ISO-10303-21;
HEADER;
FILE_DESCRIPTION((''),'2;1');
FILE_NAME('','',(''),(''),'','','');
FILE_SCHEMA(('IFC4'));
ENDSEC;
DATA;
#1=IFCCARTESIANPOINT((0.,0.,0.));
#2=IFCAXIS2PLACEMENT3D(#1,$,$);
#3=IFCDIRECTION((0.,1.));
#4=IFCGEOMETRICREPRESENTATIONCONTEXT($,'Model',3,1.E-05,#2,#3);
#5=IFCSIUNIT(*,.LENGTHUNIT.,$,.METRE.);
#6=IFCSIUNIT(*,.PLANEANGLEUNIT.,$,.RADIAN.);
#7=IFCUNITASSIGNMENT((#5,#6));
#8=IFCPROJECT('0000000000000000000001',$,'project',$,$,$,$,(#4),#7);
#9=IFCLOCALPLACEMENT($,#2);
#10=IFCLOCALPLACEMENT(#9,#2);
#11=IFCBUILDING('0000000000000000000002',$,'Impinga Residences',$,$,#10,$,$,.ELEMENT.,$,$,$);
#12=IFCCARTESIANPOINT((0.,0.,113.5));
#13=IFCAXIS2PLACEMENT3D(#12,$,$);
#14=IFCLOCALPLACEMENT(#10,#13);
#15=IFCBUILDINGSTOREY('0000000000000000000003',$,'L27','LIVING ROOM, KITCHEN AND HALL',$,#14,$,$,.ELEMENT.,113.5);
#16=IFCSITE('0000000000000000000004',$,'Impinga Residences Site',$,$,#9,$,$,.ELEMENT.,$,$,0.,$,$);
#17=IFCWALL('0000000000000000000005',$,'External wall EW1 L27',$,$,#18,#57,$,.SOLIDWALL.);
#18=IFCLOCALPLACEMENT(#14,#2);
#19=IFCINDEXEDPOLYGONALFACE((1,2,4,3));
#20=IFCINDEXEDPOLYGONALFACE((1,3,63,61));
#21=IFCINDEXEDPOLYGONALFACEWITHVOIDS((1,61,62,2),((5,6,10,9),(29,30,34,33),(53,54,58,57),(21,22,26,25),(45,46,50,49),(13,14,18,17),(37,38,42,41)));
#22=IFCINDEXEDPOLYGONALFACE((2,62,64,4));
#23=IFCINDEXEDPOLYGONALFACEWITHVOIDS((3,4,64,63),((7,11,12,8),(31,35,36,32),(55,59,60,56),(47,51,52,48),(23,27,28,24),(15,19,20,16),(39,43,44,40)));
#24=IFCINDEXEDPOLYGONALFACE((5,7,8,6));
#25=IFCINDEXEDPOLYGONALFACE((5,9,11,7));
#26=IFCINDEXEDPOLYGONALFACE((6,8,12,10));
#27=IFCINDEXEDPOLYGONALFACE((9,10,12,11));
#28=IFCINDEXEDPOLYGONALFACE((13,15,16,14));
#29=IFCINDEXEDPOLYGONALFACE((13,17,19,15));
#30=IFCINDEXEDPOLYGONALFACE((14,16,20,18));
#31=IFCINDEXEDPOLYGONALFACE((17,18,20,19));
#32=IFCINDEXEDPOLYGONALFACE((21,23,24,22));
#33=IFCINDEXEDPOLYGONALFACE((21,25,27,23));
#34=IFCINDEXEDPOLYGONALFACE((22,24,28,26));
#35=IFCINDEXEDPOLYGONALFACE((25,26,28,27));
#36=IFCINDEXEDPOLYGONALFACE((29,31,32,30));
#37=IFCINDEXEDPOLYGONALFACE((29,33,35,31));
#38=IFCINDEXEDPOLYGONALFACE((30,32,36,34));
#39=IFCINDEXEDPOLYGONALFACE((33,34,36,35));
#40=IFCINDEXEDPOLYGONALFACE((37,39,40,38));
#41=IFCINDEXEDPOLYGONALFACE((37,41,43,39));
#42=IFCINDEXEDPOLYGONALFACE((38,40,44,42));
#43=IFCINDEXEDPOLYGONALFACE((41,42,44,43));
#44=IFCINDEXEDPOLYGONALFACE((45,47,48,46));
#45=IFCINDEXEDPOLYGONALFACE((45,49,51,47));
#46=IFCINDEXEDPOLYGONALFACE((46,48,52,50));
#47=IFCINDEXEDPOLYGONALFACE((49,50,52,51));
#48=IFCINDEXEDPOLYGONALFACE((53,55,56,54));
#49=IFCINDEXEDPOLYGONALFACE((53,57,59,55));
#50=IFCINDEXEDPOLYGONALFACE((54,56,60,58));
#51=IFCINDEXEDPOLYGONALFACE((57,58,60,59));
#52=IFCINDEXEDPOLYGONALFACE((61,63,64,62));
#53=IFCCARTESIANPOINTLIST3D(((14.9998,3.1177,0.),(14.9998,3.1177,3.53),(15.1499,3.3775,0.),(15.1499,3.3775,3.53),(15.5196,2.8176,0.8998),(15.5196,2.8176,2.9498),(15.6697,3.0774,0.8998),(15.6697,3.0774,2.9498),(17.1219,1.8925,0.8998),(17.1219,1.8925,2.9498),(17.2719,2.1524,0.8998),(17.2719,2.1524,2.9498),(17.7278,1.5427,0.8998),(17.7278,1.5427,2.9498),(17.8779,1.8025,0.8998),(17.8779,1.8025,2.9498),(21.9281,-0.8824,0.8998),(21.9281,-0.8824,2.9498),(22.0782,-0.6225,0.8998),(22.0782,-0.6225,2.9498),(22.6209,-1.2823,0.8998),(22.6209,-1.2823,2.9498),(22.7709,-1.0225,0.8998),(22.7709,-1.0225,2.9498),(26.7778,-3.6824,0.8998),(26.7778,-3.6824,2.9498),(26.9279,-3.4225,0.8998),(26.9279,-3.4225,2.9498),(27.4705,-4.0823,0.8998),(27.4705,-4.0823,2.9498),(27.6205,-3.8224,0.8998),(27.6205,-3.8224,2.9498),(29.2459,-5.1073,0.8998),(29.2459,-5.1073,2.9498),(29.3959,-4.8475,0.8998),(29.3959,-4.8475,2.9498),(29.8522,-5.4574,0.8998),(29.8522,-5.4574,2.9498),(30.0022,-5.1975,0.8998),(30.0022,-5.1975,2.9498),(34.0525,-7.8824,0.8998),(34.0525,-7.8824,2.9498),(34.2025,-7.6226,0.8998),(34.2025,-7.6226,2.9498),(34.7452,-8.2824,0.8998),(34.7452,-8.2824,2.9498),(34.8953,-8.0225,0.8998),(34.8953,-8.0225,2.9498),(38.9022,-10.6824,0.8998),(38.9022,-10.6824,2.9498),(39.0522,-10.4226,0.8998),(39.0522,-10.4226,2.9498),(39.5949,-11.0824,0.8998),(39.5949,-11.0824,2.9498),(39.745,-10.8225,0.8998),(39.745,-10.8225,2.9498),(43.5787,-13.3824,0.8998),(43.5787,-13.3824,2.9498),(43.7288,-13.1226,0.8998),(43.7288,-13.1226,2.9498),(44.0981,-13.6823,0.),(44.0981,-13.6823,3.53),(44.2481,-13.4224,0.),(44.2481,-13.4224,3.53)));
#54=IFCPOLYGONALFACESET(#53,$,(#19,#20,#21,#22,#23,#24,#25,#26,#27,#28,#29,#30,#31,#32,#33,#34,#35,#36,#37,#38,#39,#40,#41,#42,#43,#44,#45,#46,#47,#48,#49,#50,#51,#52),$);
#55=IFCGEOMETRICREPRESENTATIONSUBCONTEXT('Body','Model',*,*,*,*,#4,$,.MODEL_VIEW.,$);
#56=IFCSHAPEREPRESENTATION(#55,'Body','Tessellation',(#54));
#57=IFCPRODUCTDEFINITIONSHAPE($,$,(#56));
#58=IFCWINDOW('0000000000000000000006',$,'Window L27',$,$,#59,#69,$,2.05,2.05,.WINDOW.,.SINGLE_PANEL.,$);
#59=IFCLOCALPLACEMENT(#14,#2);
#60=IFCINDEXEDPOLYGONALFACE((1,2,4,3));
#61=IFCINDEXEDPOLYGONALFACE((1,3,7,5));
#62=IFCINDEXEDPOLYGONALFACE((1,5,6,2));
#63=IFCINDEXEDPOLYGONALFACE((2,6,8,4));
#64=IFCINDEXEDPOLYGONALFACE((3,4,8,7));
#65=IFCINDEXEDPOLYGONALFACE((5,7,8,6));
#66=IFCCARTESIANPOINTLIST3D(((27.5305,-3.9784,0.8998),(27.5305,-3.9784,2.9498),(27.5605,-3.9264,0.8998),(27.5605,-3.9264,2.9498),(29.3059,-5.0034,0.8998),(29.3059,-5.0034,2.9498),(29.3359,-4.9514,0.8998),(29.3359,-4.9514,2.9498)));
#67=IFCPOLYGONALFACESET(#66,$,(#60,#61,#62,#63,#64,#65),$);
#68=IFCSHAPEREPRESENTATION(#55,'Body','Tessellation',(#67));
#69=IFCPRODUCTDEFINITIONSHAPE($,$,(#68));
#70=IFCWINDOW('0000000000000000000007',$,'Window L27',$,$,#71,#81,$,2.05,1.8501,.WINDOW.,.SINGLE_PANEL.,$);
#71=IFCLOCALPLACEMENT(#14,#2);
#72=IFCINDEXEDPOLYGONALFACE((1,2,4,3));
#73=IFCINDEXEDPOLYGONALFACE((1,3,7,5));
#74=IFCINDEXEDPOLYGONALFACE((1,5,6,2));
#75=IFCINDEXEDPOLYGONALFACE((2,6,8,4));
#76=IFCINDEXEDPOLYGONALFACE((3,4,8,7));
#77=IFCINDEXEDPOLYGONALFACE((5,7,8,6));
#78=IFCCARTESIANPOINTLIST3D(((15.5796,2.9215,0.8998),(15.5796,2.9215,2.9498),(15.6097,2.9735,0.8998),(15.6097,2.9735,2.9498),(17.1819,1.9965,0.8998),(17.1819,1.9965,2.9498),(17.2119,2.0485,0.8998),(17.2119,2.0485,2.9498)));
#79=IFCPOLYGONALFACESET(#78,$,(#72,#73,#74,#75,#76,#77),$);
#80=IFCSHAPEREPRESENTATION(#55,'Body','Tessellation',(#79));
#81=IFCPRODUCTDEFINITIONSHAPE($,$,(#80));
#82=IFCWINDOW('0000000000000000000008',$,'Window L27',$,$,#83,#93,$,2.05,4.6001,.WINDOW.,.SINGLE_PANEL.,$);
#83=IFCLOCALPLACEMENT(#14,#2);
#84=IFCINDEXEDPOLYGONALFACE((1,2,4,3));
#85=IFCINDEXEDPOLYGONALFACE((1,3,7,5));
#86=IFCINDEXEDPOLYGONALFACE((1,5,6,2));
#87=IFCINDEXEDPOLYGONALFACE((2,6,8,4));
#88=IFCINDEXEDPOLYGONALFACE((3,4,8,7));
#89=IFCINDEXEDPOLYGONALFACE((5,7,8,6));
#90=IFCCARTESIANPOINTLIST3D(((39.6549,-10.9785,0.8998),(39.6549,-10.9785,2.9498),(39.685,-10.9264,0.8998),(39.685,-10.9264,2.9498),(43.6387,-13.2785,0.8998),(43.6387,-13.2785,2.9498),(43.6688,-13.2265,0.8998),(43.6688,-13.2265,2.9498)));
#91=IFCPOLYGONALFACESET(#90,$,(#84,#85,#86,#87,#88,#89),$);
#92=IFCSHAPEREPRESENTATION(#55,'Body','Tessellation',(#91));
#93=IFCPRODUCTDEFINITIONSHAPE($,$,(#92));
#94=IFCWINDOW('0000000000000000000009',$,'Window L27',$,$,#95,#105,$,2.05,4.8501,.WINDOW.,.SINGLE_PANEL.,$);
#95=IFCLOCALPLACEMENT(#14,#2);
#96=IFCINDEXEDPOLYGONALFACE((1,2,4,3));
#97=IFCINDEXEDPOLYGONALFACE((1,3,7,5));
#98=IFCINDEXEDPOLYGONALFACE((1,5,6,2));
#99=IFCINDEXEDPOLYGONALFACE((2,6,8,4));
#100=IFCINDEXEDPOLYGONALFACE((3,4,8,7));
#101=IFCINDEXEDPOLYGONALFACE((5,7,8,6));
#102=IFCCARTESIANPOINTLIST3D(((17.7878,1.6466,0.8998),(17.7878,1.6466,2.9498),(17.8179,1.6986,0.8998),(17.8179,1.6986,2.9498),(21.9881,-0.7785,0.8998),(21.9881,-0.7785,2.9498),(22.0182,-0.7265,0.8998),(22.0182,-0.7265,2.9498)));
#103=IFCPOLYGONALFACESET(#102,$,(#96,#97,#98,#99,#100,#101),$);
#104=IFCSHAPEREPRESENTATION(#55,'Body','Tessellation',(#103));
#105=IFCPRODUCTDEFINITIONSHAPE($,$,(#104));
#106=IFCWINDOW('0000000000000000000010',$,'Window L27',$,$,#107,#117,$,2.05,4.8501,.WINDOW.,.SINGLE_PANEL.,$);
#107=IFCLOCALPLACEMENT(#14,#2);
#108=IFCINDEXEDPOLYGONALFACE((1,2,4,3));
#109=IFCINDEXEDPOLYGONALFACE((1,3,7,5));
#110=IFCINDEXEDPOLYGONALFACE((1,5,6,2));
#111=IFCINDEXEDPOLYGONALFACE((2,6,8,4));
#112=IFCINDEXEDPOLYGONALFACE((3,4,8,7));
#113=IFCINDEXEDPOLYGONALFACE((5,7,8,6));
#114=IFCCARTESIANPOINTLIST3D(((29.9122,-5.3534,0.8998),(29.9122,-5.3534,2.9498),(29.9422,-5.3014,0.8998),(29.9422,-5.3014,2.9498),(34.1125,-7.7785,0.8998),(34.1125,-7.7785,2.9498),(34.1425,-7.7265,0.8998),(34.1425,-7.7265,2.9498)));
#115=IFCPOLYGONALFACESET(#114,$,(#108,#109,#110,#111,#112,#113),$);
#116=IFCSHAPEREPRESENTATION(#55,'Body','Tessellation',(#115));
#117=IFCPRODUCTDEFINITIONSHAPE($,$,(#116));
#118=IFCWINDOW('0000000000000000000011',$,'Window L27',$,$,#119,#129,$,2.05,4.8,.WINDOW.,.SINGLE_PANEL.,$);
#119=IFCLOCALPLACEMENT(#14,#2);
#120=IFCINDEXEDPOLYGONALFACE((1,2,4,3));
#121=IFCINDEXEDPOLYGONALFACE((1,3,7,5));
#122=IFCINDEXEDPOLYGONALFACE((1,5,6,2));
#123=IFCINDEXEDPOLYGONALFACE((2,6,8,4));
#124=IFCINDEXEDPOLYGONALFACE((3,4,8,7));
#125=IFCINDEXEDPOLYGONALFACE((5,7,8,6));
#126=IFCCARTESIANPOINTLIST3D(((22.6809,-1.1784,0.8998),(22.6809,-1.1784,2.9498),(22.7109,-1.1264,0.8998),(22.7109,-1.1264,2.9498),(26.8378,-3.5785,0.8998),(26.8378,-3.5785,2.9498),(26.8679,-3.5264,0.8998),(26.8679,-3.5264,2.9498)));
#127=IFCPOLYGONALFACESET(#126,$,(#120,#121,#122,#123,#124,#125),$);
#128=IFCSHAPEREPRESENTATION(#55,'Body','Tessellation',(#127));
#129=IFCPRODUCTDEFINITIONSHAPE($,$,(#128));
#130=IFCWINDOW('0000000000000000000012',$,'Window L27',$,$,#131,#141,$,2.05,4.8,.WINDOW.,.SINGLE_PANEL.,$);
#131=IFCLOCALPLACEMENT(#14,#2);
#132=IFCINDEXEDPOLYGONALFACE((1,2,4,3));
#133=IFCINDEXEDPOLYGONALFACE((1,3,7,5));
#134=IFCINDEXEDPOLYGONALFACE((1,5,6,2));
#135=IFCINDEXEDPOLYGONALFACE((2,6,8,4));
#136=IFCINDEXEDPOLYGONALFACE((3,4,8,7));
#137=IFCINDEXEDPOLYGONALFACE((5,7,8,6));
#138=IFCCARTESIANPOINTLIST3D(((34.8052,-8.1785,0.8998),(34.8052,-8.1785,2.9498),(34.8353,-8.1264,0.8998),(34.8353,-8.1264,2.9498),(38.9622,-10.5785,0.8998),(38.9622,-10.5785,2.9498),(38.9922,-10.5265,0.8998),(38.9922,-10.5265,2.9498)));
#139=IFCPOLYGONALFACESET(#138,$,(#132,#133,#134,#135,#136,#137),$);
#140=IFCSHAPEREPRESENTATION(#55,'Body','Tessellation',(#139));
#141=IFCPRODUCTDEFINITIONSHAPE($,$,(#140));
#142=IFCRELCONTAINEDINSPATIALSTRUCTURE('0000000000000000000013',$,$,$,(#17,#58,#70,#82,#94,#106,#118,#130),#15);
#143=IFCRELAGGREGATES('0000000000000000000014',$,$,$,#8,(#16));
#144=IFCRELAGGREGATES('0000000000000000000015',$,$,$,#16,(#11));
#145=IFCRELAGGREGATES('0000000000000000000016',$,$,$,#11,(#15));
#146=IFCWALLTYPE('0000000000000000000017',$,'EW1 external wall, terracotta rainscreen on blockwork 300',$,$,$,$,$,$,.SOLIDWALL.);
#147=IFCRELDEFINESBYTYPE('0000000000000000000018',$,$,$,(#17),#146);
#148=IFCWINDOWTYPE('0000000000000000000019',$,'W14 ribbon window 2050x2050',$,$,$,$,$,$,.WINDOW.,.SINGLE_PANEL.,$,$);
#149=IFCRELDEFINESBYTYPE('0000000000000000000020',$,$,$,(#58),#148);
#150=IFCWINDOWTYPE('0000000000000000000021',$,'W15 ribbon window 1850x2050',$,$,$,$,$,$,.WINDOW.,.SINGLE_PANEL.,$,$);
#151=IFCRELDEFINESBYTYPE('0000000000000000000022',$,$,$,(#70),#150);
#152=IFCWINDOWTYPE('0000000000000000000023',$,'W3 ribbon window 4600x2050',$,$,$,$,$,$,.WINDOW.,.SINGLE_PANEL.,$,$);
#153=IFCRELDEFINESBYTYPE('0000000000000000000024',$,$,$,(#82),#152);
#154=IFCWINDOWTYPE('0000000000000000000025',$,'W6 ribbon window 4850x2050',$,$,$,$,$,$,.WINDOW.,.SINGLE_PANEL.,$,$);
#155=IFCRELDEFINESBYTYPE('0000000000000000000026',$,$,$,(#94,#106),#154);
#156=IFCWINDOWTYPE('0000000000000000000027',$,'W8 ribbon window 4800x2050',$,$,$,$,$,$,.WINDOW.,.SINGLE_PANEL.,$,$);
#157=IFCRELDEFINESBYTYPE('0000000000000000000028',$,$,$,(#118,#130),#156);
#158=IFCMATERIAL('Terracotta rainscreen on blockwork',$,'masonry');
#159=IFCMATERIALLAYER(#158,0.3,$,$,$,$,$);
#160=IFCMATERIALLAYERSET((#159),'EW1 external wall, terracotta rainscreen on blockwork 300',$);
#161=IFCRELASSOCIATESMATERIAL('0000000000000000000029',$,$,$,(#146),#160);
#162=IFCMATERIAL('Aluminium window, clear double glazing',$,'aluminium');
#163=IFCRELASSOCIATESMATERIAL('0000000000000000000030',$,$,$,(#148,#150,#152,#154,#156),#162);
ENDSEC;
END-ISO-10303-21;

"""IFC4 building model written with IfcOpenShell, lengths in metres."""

from ifc_helpers import new_model, si_unit, direction, frame, frame_2d, origin, place, context, subcontext, project, spatial, rectangle, extrude, material, layer, layer_set, type_object, element, fill, save


model = new_model("IFC4")

# Units and contexts
model_context = context("Model", 3, precision=1e-05, world=origin(), true_north=direction((0.0, 1.0)))
body_context = subcontext(model_context, "Body", "Model", "MODEL_VIEW")
ifc_project = project(units=[si_unit("LENGTHUNIT", "METRE"), si_unit("PLANEANGLEUNIT", "RADIAN")], contexts=[model_context])

# Site, building, storey
site_placement = place(None, origin())
site = spatial("IfcSite", under=ifc_project, at=site_placement, Name="Impinga Residences Site", CompositionType="ELEMENT", RefElevation=0.0)
building_placement = place(site_placement, origin())
building = spatial("IfcBuilding", under=site, at=building_placement, Name="Impinga Residences", CompositionType="ELEMENT")
storey_placement = place(building_placement, frame((0.0, 0.0, 113.5)))
storey = spatial("IfcBuildingStorey", under=building, at=storey_placement, Name="L27", Description="LIVING ROOM, KITCHEN AND HALL", CompositionType="ELEMENT", Elevation=113.5)

# Shared definitions
ifc_material_1 = material(Name="Terracotta rainscreen on blockwork", Category="masonry")
ifc_layer_1 = layer(ifc_material_1, 0.3)
ifc_layer_set_1 = layer_set([ifc_layer_1], Name="EW1 external wall, terracotta rainscreen on blockwork 300")
wall_type_1 = type_object("IfcWallType", Name="EW1 external wall, terracotta rainscreen on blockwork 300", PredefinedType="SOLIDWALL", material=ifc_layer_set_1)

# Wall, openings, windows
wall_1_placement = place(storey_placement, frame((15.075, 3.2476, 0.0), z_axis=(0.0, 0.0, 1.0), x_axis=(0.866024, -0.500002, 0.0)))
wall_1 = element("IfcWall", 1, at=wall_1_placement, inside=storey, type_object=wall_type_1, Name="External wall EW1 L27", PredefinedType="SOLIDWALL", context=body_context, shape_type="SweptSolid", body=[
    extrude(rectangle(XDim=33.5999, YDim=0.3, at=frame_2d((16.7998, 0.0))), origin(), (0.0, 0.0, 1.0), 3.53),
])
opening_1_placement = place(wall_1_placement, frame((0.6001, 0.0, 0.8999)))
opening_1 = element("IfcOpeningElement", 2, at=opening_1_placement, cuts=wall_1, PredefinedType="OPENING", context=body_context, shape_type="SweptSolid", body=[
    extrude(rectangle(XDim=1.8501, YDim=2.05, at=frame_2d((0.925, 1.0249))), frame((0.0, 0.1599, 0.0), z_axis=(0.0, -1.0, 0.0), x_axis=(1.0, 0.0, 0.0)), (0.0, 0.0, 1.0), 0.3201),
])
opening_2_placement = place(wall_1_placement, frame((3.1499, 0.0, 0.8999)))
opening_2 = element("IfcOpeningElement", 3, at=opening_2_placement, cuts=wall_1, PredefinedType="OPENING", context=body_context, shape_type="SweptSolid", body=[
    extrude(rectangle(XDim=4.8501, YDim=2.05, at=frame_2d((2.425, 1.0249))), frame((0.0, 0.1599, 0.0), z_axis=(0.0, -1.0, 0.0), x_axis=(1.0, 0.0, 0.0)), (0.0, 0.0, 1.0), 0.3201),
])
opening_3_placement = place(wall_1_placement, frame((8.8, 0.0, 0.8999)))
opening_3 = element("IfcOpeningElement", 4, at=opening_3_placement, cuts=wall_1, PredefinedType="OPENING", context=body_context, shape_type="SweptSolid", body=[
    extrude(rectangle(XDim=4.8, YDim=2.05, at=frame_2d((2.3999, 1.0249))), frame((0.0, 0.1599, 0.0), z_axis=(0.0, -1.0, 0.0), x_axis=(1.0, 0.0, 0.0)), (0.0, 0.0, 1.0), 0.3201),
])
opening_4_placement = place(wall_1_placement, frame((14.3999, 0.0, 0.8999)))
opening_4 = element("IfcOpeningElement", 5, at=opening_4_placement, cuts=wall_1, PredefinedType="OPENING", context=body_context, shape_type="SweptSolid", body=[
    extrude(rectangle(XDim=2.05, YDim=2.05, at=frame_2d((1.0249, 1.0249))), frame((0.0, 0.1599, 0.0), z_axis=(0.0, -1.0, 0.0), x_axis=(1.0, 0.0, 0.0)), (0.0, 0.0, 1.0), 0.3201),
])
opening_5_placement = place(wall_1_placement, frame((17.1499, 0.0, 0.8999)))
opening_5 = element("IfcOpeningElement", 6, at=opening_5_placement, cuts=wall_1, PredefinedType="OPENING", context=body_context, shape_type="SweptSolid", body=[
    extrude(rectangle(XDim=4.8501, YDim=2.05, at=frame_2d((2.425, 1.0249))), frame((0.0, 0.1599, 0.0), z_axis=(0.0, -1.0, 0.0), x_axis=(1.0, 0.0, 0.0)), (0.0, 0.0, 1.0), 0.3201),
])
opening_6_placement = place(wall_1_placement, frame((22.8, 0.0, 0.8999)))
opening_6 = element("IfcOpeningElement", 7, at=opening_6_placement, cuts=wall_1, PredefinedType="OPENING", context=body_context, shape_type="SweptSolid", body=[
    extrude(rectangle(XDim=4.8, YDim=2.05, at=frame_2d((2.3999, 1.0249))), frame((0.0, 0.1599, 0.0), z_axis=(0.0, -1.0, 0.0), x_axis=(1.0, 0.0, 0.0)), (0.0, 0.0, 1.0), 0.3201),
])
opening_7_placement = place(wall_1_placement, frame((28.3999, 0.0, 0.8999)))
opening_7 = element("IfcOpeningElement", 8, at=opening_7_placement, cuts=wall_1, PredefinedType="OPENING", context=body_context, shape_type="SweptSolid", body=[
    extrude(rectangle(XDim=4.6001, YDim=2.05, at=frame_2d((2.3, 1.0249))), frame((0.0, 0.1599, 0.0), z_axis=(0.0, -1.0, 0.0), x_axis=(1.0, 0.0, 0.0)), (0.0, 0.0, 1.0), 0.3201),
])
ifc_material_2 = material(Name="Aluminium window, clear double glazing", Category="aluminium")
window_type_1 = type_object("IfcWindowType", Name="W14 ribbon window 2050x2050", PartitioningType="SINGLE_PANEL", PredefinedType="WINDOW", material=ifc_material_2)
window_1_placement = place(opening_4_placement, origin())
window_1 = element("IfcWindow", 9, at=window_1_placement, inside=storey, type_object=window_type_1, Name="Window L27", OverallHeight=2.05, OverallWidth=2.05, PartitioningType="SINGLE_PANEL", PredefinedType="WINDOW", context=body_context, shape_type="SweptSolid", body=[
    extrude(rectangle(XDim=2.05, YDim=2.05, at=frame_2d((1.0249, 1.0249))), frame((0.0, 0.03, 0.0), z_axis=(0.0, -1.0, 0.0), x_axis=(1.0, 0.0, 0.0)), (0.0, 0.0, 1.0), 0.0601),
])
fill(opening_4, window_1)
window_type_2 = type_object("IfcWindowType", Name="W15 ribbon window 1850x2050", PartitioningType="SINGLE_PANEL", PredefinedType="WINDOW", material=ifc_material_2)
window_2_placement = place(opening_1_placement, origin())
window_2 = element("IfcWindow", 10, at=window_2_placement, inside=storey, type_object=window_type_2, Name="Window L27", OverallHeight=2.05, OverallWidth=1.8501, PartitioningType="SINGLE_PANEL", PredefinedType="WINDOW", context=body_context, shape_type="SweptSolid", body=[
    extrude(rectangle(XDim=1.8501, YDim=2.05, at=frame_2d((0.925, 1.0249))), frame((0.0, 0.03, 0.0), z_axis=(0.0, -1.0, 0.0), x_axis=(1.0, 0.0, 0.0)), (0.0, 0.0, 1.0), 0.0601),
])
fill(opening_1, window_2)
window_type_3 = type_object("IfcWindowType", Name="W3 ribbon window 4600x2050", PartitioningType="SINGLE_PANEL", PredefinedType="WINDOW", material=ifc_material_2)
window_3_placement = place(opening_7_placement, origin())
window_3 = element("IfcWindow", 11, at=window_3_placement, inside=storey, type_object=window_type_3, Name="Window L27", OverallHeight=2.05, OverallWidth=4.6001, PartitioningType="SINGLE_PANEL", PredefinedType="WINDOW", context=body_context, shape_type="SweptSolid", body=[
    extrude(rectangle(XDim=4.6001, YDim=2.05, at=frame_2d((2.3, 1.0249))), frame((0.0, 0.03, 0.0), z_axis=(0.0, -1.0, 0.0), x_axis=(1.0, 0.0, 0.0)), (0.0, 0.0, 1.0), 0.0601),
])
fill(opening_7, window_3)
window_type_4 = type_object("IfcWindowType", Name="W6 ribbon window 4850x2050", PartitioningType="SINGLE_PANEL", PredefinedType="WINDOW", material=ifc_material_2)
window_4_placement = place(opening_2_placement, origin())
window_4 = element("IfcWindow", 12, at=window_4_placement, inside=storey, type_object=window_type_4, Name="Window L27", OverallHeight=2.05, OverallWidth=4.8501, PartitioningType="SINGLE_PANEL", PredefinedType="WINDOW", context=body_context, shape_type="SweptSolid", body=[
    extrude(rectangle(XDim=4.8501, YDim=2.05, at=frame_2d((2.425, 1.0249))), frame((0.0, 0.03, 0.0), z_axis=(0.0, -1.0, 0.0), x_axis=(1.0, 0.0, 0.0)), (0.0, 0.0, 1.0), 0.0601),
])
fill(opening_2, window_4)
window_5_placement = place(opening_5_placement, origin())
window_5 = element("IfcWindow", 13, at=window_5_placement, inside=storey, type_object=window_type_4, Name="Window L27", OverallHeight=2.05, OverallWidth=4.8501, PartitioningType="SINGLE_PANEL", PredefinedType="WINDOW", context=body_context, shape_type="SweptSolid", body=[
    extrude(rectangle(XDim=4.8501, YDim=2.05, at=frame_2d((2.425, 1.0249))), frame((0.0, 0.03, 0.0), z_axis=(0.0, -1.0, 0.0), x_axis=(1.0, 0.0, 0.0)), (0.0, 0.0, 1.0), 0.0601),
])
fill(opening_5, window_5)
window_type_5 = type_object("IfcWindowType", Name="W8 ribbon window 4800x2050", PartitioningType="SINGLE_PANEL", PredefinedType="WINDOW", material=ifc_material_2)
window_6_placement = place(opening_3_placement, origin())
window_6 = element("IfcWindow", 14, at=window_6_placement, inside=storey, type_object=window_type_5, Name="Window L27", OverallHeight=2.05, OverallWidth=4.8, PartitioningType="SINGLE_PANEL", PredefinedType="WINDOW", context=body_context, shape_type="SweptSolid", body=[
    extrude(rectangle(XDim=4.8, YDim=2.05, at=frame_2d((2.3999, 1.0249))), frame((0.0, 0.03, 0.0), z_axis=(0.0, -1.0, 0.0), x_axis=(1.0, 0.0, 0.0)), (0.0, 0.0, 1.0), 0.0601),
])
fill(opening_3, window_6)
window_7_placement = place(opening_6_placement, origin())
window_7 = element("IfcWindow", 15, at=window_7_placement, inside=storey, type_object=window_type_5, Name="Window L27", OverallHeight=2.05, OverallWidth=4.8, PartitioningType="SINGLE_PANEL", PredefinedType="WINDOW", context=body_context, shape_type="SweptSolid", body=[
    extrude(rectangle(XDim=4.8, YDim=2.05, at=frame_2d((2.3999, 1.0249))), frame((0.0, 0.03, 0.0), z_axis=(0.0, -1.0, 0.0), x_axis=(1.0, 0.0, 0.0)), (0.0, 0.0, 1.0), 0.0601),
])
fill(opening_6, window_7)

save(model, "model.ifc")
